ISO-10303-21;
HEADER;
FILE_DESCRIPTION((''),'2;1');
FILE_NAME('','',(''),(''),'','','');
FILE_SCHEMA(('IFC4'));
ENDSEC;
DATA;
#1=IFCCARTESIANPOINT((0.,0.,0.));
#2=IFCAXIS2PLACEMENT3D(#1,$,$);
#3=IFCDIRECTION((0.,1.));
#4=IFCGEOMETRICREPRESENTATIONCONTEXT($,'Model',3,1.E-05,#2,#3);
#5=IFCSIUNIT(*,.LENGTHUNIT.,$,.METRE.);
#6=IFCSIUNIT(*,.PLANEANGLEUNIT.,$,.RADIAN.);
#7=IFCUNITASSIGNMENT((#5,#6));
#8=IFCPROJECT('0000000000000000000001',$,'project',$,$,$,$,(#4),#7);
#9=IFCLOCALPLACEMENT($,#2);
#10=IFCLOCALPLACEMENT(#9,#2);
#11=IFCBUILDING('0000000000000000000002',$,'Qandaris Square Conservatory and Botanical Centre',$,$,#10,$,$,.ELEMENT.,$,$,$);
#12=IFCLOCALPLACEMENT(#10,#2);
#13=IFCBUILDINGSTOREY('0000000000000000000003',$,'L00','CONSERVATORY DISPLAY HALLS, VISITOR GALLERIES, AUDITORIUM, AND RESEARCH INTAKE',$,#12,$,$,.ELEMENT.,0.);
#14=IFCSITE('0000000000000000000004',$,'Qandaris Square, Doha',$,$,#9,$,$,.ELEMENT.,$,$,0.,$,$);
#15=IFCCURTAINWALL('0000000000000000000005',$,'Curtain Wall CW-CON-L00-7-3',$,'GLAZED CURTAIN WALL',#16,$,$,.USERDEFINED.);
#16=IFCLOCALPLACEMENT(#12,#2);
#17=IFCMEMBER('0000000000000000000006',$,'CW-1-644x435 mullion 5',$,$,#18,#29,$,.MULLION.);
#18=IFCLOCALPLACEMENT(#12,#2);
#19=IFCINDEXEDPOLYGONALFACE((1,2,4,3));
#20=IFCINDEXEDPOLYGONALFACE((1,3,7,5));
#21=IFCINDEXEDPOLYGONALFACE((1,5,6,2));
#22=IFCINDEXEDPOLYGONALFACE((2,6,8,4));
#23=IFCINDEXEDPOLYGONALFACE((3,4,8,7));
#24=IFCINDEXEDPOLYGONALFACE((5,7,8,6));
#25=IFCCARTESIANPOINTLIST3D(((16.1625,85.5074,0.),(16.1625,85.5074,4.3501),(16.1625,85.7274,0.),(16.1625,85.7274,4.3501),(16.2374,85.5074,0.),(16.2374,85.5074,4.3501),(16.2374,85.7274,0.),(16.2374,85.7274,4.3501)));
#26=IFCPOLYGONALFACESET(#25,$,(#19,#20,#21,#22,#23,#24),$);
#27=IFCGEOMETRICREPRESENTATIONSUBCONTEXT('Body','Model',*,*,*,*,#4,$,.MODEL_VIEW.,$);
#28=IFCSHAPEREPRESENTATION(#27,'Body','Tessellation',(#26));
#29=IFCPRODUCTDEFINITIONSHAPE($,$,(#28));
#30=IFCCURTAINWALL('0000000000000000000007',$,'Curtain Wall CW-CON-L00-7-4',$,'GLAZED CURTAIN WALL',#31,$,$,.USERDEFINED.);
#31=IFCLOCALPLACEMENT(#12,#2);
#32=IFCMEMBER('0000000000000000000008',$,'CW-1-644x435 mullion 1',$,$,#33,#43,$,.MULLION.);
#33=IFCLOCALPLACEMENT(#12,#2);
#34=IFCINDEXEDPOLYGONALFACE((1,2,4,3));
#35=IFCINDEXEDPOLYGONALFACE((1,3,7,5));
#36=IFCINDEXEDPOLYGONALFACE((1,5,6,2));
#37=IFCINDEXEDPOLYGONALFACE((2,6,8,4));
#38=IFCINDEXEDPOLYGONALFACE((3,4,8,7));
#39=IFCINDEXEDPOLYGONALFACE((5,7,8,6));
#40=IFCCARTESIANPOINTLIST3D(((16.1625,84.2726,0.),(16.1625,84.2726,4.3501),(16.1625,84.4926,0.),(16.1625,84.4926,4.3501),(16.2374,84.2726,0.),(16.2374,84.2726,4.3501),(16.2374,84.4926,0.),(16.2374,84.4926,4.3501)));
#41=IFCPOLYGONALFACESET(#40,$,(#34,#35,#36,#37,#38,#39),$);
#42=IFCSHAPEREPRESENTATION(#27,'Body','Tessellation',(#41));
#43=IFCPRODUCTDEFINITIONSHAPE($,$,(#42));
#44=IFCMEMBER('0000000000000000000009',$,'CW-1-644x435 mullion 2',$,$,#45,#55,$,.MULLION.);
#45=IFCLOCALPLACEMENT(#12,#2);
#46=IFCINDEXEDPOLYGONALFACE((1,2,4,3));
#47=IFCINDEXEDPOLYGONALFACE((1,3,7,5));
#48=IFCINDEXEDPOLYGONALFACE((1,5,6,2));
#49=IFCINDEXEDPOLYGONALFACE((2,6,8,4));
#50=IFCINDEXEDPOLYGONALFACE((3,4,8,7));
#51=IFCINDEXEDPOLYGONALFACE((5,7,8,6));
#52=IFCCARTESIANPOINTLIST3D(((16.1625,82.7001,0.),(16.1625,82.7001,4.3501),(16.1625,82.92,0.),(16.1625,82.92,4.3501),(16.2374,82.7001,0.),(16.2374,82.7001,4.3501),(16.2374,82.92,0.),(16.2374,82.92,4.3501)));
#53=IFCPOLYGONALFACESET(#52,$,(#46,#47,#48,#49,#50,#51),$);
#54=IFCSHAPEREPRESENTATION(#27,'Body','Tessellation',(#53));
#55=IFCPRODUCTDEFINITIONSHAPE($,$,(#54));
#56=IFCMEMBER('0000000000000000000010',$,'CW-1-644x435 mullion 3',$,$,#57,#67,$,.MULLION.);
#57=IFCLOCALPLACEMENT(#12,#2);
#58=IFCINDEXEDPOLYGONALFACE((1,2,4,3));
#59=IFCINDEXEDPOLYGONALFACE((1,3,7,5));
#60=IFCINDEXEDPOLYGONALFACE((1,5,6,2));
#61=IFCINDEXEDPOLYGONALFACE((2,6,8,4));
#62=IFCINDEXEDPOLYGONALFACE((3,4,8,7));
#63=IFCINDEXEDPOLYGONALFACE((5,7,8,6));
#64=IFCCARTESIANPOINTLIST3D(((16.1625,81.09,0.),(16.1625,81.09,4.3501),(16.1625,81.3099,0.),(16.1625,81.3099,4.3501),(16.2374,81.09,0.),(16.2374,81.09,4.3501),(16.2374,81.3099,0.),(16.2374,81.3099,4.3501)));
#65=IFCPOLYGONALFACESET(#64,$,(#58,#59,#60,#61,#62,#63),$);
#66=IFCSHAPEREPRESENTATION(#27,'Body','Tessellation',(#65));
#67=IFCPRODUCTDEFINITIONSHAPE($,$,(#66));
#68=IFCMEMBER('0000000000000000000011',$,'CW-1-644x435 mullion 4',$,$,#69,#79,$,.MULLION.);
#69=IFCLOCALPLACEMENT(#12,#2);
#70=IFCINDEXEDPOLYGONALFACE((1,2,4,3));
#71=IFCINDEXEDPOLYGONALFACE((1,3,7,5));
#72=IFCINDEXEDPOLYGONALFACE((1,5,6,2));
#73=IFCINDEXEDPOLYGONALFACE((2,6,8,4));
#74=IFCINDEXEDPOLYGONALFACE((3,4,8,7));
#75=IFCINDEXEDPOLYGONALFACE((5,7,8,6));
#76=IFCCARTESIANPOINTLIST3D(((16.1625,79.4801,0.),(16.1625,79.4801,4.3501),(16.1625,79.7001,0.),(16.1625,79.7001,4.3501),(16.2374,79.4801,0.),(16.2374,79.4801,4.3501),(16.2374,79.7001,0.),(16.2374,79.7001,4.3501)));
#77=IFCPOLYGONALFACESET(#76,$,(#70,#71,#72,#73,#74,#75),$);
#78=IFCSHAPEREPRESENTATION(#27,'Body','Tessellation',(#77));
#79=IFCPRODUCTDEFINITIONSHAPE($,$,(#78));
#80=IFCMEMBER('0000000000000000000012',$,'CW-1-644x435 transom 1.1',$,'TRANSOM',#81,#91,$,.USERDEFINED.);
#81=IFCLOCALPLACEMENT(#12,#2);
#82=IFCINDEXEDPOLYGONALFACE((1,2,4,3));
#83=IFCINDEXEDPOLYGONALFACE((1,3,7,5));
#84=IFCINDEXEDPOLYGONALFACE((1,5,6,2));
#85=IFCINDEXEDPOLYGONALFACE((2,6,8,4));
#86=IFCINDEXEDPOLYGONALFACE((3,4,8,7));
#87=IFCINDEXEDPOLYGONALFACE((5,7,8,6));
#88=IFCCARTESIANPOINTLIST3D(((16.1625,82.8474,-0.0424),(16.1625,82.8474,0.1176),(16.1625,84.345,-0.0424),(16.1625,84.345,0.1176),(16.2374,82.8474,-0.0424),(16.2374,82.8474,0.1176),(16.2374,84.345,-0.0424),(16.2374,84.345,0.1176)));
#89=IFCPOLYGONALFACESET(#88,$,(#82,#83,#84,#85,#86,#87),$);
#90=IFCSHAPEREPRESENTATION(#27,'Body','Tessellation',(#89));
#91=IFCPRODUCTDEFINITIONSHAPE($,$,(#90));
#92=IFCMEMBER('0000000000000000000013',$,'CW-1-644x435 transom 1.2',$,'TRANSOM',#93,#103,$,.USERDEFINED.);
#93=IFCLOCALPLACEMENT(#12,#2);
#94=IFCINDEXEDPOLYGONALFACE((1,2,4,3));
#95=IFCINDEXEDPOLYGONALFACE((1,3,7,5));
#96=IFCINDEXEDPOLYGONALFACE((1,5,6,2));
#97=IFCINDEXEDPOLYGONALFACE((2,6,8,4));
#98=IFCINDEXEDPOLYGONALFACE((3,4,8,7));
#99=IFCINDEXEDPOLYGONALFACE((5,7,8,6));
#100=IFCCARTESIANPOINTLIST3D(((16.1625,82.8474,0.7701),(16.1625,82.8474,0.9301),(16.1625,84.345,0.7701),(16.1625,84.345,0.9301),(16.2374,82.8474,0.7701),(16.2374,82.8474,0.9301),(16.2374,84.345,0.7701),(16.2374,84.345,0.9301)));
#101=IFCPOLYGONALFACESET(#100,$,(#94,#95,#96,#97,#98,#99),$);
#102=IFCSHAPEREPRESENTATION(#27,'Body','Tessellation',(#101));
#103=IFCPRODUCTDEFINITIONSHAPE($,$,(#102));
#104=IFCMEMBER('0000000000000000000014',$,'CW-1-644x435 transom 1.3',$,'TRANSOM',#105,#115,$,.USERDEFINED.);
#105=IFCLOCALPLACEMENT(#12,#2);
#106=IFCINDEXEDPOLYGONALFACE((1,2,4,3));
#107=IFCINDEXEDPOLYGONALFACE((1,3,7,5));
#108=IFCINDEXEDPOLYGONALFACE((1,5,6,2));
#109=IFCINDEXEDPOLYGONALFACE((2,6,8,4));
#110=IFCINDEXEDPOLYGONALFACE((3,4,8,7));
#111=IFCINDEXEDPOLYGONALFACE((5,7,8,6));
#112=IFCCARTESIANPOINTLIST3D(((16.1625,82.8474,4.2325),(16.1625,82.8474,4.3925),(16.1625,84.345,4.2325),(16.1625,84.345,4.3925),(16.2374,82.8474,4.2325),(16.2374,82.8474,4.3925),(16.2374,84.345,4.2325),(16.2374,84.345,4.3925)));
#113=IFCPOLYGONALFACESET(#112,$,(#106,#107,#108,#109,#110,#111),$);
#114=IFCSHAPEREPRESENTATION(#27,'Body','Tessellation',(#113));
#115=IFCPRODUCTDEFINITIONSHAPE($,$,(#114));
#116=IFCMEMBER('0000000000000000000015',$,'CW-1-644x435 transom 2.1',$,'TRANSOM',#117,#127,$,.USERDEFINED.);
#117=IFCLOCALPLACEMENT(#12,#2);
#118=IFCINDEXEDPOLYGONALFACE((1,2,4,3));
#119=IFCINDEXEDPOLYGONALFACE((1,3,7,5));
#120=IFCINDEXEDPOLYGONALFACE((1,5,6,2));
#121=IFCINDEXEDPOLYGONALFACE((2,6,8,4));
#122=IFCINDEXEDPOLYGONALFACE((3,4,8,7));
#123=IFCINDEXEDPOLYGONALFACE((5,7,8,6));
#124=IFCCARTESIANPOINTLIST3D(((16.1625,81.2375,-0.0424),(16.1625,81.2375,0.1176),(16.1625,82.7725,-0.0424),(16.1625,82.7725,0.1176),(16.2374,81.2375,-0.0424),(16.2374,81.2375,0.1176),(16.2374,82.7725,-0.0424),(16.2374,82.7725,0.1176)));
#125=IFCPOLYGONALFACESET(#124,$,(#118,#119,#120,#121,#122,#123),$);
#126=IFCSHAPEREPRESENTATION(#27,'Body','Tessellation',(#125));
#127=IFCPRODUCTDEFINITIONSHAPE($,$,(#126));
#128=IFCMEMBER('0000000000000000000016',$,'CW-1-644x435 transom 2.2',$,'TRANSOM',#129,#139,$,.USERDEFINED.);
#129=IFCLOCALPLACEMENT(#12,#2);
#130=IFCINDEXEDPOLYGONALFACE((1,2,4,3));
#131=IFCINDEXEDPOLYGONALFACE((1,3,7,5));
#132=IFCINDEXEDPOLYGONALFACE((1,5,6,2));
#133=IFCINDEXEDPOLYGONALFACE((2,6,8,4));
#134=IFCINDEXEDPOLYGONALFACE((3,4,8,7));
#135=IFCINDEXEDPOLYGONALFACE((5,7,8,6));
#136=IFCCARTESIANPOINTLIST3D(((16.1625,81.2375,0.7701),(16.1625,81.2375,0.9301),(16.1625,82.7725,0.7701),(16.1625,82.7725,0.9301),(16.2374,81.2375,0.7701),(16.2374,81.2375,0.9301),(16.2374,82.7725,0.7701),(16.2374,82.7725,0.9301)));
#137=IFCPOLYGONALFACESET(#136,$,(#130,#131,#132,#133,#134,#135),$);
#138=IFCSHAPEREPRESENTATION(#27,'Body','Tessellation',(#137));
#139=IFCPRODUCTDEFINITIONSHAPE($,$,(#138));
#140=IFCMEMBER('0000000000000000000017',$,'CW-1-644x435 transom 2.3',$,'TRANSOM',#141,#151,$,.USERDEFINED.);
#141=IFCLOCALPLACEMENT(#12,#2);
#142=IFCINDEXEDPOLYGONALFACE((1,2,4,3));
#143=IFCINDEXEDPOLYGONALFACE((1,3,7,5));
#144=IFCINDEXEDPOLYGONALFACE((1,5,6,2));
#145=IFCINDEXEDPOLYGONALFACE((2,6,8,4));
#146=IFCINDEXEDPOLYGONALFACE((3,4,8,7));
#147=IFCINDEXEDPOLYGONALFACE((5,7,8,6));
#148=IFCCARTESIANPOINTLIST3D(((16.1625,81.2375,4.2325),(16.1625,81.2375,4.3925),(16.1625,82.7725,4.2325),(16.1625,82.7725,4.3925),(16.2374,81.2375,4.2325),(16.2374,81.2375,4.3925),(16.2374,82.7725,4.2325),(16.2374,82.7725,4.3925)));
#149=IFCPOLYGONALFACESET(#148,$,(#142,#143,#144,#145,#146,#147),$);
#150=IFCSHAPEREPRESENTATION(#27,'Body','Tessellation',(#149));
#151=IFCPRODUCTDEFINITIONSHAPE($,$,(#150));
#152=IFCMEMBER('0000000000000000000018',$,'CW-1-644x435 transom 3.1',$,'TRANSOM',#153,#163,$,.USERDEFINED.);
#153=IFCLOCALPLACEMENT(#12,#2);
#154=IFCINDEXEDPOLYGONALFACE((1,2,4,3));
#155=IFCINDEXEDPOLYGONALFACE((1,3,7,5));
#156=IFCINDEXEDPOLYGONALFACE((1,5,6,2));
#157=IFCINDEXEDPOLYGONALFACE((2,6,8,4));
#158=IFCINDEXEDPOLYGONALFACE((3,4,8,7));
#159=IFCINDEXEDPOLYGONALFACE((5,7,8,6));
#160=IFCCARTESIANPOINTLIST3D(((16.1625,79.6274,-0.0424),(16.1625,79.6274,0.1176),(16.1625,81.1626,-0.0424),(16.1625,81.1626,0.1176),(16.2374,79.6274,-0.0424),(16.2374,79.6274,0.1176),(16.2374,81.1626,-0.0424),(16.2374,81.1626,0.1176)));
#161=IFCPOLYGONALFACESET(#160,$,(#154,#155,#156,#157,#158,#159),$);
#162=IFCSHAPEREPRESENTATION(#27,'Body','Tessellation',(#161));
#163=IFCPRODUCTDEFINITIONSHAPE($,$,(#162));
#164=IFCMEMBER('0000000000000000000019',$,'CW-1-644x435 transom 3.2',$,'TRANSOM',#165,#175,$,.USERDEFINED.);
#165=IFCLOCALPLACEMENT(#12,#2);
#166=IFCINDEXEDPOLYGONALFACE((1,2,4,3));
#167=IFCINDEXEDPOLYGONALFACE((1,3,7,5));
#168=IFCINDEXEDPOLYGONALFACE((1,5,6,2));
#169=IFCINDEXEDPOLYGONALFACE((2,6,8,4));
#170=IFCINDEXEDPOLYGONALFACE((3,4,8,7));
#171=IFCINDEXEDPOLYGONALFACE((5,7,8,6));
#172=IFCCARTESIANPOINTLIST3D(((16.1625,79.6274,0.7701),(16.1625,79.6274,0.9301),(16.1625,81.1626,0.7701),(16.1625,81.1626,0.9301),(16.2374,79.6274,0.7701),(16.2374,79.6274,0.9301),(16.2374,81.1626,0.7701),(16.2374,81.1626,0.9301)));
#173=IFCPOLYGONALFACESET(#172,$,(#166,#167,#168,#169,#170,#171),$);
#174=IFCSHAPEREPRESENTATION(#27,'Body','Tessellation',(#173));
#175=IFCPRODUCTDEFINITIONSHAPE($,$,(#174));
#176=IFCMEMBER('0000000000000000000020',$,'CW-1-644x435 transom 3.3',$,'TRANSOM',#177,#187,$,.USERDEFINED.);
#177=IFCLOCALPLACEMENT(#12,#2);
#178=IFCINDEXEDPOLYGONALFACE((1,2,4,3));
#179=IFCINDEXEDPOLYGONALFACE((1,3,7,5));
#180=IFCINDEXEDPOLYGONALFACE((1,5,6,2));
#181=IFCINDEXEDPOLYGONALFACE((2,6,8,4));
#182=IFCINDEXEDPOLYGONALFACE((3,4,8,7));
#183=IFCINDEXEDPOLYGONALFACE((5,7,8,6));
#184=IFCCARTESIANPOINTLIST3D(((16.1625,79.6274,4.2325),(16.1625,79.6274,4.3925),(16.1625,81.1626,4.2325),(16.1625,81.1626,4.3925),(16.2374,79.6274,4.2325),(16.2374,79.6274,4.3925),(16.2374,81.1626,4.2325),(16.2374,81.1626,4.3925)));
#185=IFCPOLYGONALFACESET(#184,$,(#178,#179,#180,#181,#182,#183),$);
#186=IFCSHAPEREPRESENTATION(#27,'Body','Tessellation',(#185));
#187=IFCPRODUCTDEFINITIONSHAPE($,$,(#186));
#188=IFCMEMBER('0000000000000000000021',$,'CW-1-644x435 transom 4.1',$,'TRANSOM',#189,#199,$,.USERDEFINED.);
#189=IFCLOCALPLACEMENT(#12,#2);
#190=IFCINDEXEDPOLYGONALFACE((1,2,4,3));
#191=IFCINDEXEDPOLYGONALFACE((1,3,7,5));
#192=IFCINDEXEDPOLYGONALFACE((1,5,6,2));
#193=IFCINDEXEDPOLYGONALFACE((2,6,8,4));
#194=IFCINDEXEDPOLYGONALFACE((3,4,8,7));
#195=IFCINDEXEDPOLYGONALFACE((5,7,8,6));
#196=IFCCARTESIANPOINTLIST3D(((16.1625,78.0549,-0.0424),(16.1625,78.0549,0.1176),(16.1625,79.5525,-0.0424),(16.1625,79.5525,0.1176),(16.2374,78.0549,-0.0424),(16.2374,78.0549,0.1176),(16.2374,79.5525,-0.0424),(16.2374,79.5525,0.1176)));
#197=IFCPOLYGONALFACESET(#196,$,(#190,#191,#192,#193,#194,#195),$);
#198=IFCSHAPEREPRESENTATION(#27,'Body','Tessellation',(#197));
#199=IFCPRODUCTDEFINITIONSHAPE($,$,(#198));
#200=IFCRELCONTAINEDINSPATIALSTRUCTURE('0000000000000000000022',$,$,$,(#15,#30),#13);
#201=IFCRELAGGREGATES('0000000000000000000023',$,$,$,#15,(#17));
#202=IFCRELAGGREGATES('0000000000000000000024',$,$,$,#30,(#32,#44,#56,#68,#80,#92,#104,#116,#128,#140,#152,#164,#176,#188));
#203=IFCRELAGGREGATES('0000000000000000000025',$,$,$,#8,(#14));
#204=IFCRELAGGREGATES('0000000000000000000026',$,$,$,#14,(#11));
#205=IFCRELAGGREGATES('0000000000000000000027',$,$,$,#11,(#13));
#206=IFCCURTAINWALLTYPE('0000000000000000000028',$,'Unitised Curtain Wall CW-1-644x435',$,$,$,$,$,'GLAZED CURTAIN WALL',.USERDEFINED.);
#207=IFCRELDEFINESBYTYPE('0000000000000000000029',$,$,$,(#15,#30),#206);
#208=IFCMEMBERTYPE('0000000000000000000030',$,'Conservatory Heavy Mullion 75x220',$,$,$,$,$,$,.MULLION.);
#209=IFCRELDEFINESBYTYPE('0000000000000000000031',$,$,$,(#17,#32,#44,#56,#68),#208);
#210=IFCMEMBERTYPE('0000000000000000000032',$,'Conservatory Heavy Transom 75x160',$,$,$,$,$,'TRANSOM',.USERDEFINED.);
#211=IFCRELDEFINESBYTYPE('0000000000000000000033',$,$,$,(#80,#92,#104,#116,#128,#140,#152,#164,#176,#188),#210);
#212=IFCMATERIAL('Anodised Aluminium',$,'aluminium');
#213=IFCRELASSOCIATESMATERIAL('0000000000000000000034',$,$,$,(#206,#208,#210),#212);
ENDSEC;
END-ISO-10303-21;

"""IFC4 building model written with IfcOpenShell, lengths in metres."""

from ifc_helpers import new_model, si_unit, direction, frame, origin, origin_2d, place, context, subcontext, project, spatial, rectangle, extrude, material, material_profile, profile_set, type_object, element, aggregate, save


model = new_model("IFC4")

# Units and contexts
model_context = context("Model", 3, precision=1e-05, world=origin(), true_north=direction((0.0, 1.0)))
body_context = subcontext(model_context, "Body", "Model", "MODEL_VIEW")
ifc_project = project(units=[si_unit("LENGTHUNIT", "METRE"), si_unit("PLANEANGLEUNIT", "RADIAN")], contexts=[model_context])

# Site, building, storey
site_placement = place(None, origin())
site = spatial("IfcSite", under=ifc_project, at=site_placement, Name="Qandaris Square, Doha", CompositionType="ELEMENT", RefElevation=0.0)
building_placement = place(site_placement, origin())
building = spatial("IfcBuilding", under=site, at=building_placement, Name="Qandaris Square Conservatory and Botanical Centre", CompositionType="ELEMENT")
storey_placement = place(building_placement, origin())
storey = spatial("IfcBuildingStorey", under=building, at=storey_placement, Name="L00", Description="CONSERVATORY DISPLAY HALLS, VISITOR GALLERIES, AUDITORIUM, AND RESEARCH INTAKE", CompositionType="ELEMENT", Elevation=0.0)

# Curtain wall, member
ifc_material_1 = material(Name="Anodised Aluminium", Category="aluminium")
curtain_wall_type = type_object("IfcCurtainWallType", Name="Unitised Curtain Wall CW-1-644x435", ElementType="GLAZED CURTAIN WALL", PredefinedType="USERDEFINED", material=ifc_material_1)
curtain_wall_1_placement = place(storey_placement, origin())
curtain_wall_1 = element("IfcCurtainWall", 1, at=curtain_wall_1_placement, inside=storey, type_object=curtain_wall_type, Name="Curtain Wall CW-CON-L00-7-3", ObjectType="GLAZED CURTAIN WALL", PredefinedType="USERDEFINED")
ifc_material_profile_1 = material_profile(ifc_material_1, rectangle(XDim=0.075, YDim=0.22, at=origin_2d()), Name="ALU-MUL 75x220")
ifc_profile_set_1 = profile_set([ifc_material_profile_1], Name="Anodised Aluminium")
member_type_1 = type_object("IfcMemberType", Name="Conservatory Heavy Mullion 75x220", PredefinedType="MULLION", material=ifc_profile_set_1)
member_1_placement = place(storey_placement, frame((16.2, 85.6174, 0.0), z_axis=(0.0, 0.0, 1.0), x_axis=(1.0, 0.0, 0.0)))
member_1 = element("IfcMember", 2, at=member_1_placement, type_object=member_type_1, Name="CW-1-644x435 mullion 5", PredefinedType="MULLION", context=body_context, shape_type="SweptSolid", body=[
    extrude(rectangle(XDim=0.075, YDim=0.22, at=origin_2d()), origin(), (0.0, 0.0, 1.0), 4.3501),
])
aggregate(curtain_wall_1, [member_1])

# Curtain wall, members
curtain_wall_2_placement = place(storey_placement, origin())
curtain_wall_2 = element("IfcCurtainWall", 3, at=curtain_wall_2_placement, inside=storey, type_object=curtain_wall_type, Name="Curtain Wall CW-CON-L00-7-4", ObjectType="GLAZED CURTAIN WALL", PredefinedType="USERDEFINED")
member_2_placement = place(storey_placement, frame((16.2, 84.3826, 0.0), z_axis=(0.0, 0.0, 1.0), x_axis=(1.0, 0.0, 0.0)))
member_2 = element("IfcMember", 4, at=member_2_placement, type_object=member_type_1, Name="CW-1-644x435 mullion 1", PredefinedType="MULLION", context=body_context, shape_type="SweptSolid", body=[
    extrude(rectangle(XDim=0.075, YDim=0.22, at=origin_2d()), origin(), (0.0, 0.0, 1.0), 4.3501),
])
member_3_placement = place(storey_placement, frame((16.2, 82.8101, 0.0), z_axis=(0.0, 0.0, 1.0), x_axis=(1.0, 0.0, 0.0)))
member_3 = element("IfcMember", 5, at=member_3_placement, type_object=member_type_1, Name="CW-1-644x435 mullion 2", PredefinedType="MULLION", context=body_context, shape_type="SweptSolid", body=[
    extrude(rectangle(XDim=0.075, YDim=0.22, at=origin_2d()), origin(), (0.0, 0.0, 1.0), 4.3501),
])
member_4_placement = place(storey_placement, frame((16.2, 81.2, 0.0), z_axis=(0.0, 0.0, 1.0), x_axis=(1.0, 0.0, 0.0)))
member_4 = element("IfcMember", 6, at=member_4_placement, type_object=member_type_1, Name="CW-1-644x435 mullion 3", PredefinedType="MULLION", context=body_context, shape_type="SweptSolid", body=[
    extrude(rectangle(XDim=0.075, YDim=0.22, at=origin_2d()), origin(), (0.0, 0.0, 1.0), 4.3501),
])
member_5_placement = place(storey_placement, frame((16.2, 79.5901, 0.0), z_axis=(0.0, 0.0, 1.0), x_axis=(1.0, 0.0, 0.0)))
member_5 = element("IfcMember", 7, at=member_5_placement, type_object=member_type_1, Name="CW-1-644x435 mullion 4", PredefinedType="MULLION", context=body_context, shape_type="SweptSolid", body=[
    extrude(rectangle(XDim=0.075, YDim=0.22, at=origin_2d()), origin(), (0.0, 0.0, 1.0), 4.3501),
])
ifc_material_profile_2 = material_profile(ifc_material_1, rectangle(XDim=0.075, YDim=0.1599, at=origin_2d()), Name="ALU-TRN 75x160")
ifc_profile_set_2 = profile_set([ifc_material_profile_2], Name="Anodised Aluminium")
member_type_2 = type_object("IfcMemberType", Name="Conservatory Heavy Transom 75x160", ElementType="TRANSOM", PredefinedType="USERDEFINED", material=ifc_profile_set_2)
member_6_placement = place(storey_placement, frame((16.2, 84.345, 0.0376), z_axis=(0.0, -1.0, 0.0), x_axis=(1.0, 0.0, 0.0)))
member_6 = element("IfcMember", 8, at=member_6_placement, type_object=member_type_2, Name="CW-1-644x435 transom 1.1", ObjectType="TRANSOM", PredefinedType="USERDEFINED", context=body_context, shape_type="SweptSolid", body=[
    extrude(rectangle(XDim=0.075, YDim=0.1599, at=origin_2d()), origin(), (0.0, 0.0, 1.0), 1.4976),
])
member_7_placement = place(storey_placement, frame((16.2, 84.345, 0.8501), z_axis=(0.0, -1.0, 0.0), x_axis=(1.0, 0.0, 0.0)))
member_7 = element("IfcMember", 9, at=member_7_placement, type_object=member_type_2, Name="CW-1-644x435 transom 1.2", ObjectType="TRANSOM", PredefinedType="USERDEFINED", context=body_context, shape_type="SweptSolid", body=[
    extrude(rectangle(XDim=0.075, YDim=0.1599, at=origin_2d()), origin(), (0.0, 0.0, 1.0), 1.4976),
])
member_8_placement = place(storey_placement, frame((16.2, 84.345, 4.3125), z_axis=(0.0, -1.0, 0.0), x_axis=(1.0, 0.0, 0.0)))
member_8 = element("IfcMember", 10, at=member_8_placement, type_object=member_type_2, Name="CW-1-644x435 transom 1.3", ObjectType="TRANSOM", PredefinedType="USERDEFINED", context=body_context, shape_type="SweptSolid", body=[
    extrude(rectangle(XDim=0.075, YDim=0.1599, at=origin_2d()), origin(), (0.0, 0.0, 1.0), 1.4976),
])
member_9_placement = place(storey_placement, frame((16.2, 82.7725, 0.0376), z_axis=(0.0, -1.0, 0.0), x_axis=(1.0, 0.0, 0.0)))
member_9 = element("IfcMember", 11, at=member_9_placement, type_object=member_type_2, Name="CW-1-644x435 transom 2.1", ObjectType="TRANSOM", PredefinedType="USERDEFINED", context=body_context, shape_type="SweptSolid", body=[
    extrude(rectangle(XDim=0.075, YDim=0.1599, at=origin_2d()), origin(), (0.0, 0.0, 1.0), 1.5349),
])
member_10_placement = place(storey_placement, frame((16.2, 82.7725, 0.8501), z_axis=(0.0, -1.0, 0.0), x_axis=(1.0, 0.0, 0.0)))
member_10 = element("IfcMember", 12, at=member_10_placement, type_object=member_type_2, Name="CW-1-644x435 transom 2.2", ObjectType="TRANSOM", PredefinedType="USERDEFINED", context=body_context, shape_type="SweptSolid", body=[
    extrude(rectangle(XDim=0.075, YDim=0.1599, at=origin_2d()), origin(), (0.0, 0.0, 1.0), 1.5349),
])
member_11_placement = place(storey_placement, frame((16.2, 82.7725, 4.3125), z_axis=(0.0, -1.0, 0.0), x_axis=(1.0, 0.0, 0.0)))
member_11 = element("IfcMember", 13, at=member_11_placement, type_object=member_type_2, Name="CW-1-644x435 transom 2.3", ObjectType="TRANSOM", PredefinedType="USERDEFINED", context=body_context, shape_type="SweptSolid", body=[
    extrude(rectangle(XDim=0.075, YDim=0.1599, at=origin_2d()), origin(), (0.0, 0.0, 1.0), 1.5349),
])
member_12_placement = place(storey_placement, frame((16.2, 81.1626, 0.0376), z_axis=(0.0, -1.0, 0.0), x_axis=(1.0, 0.0, 0.0)))
member_12 = element("IfcMember", 14, at=member_12_placement, type_object=member_type_2, Name="CW-1-644x435 transom 3.1", ObjectType="TRANSOM", PredefinedType="USERDEFINED", context=body_context, shape_type="SweptSolid", body=[
    extrude(rectangle(XDim=0.075, YDim=0.1599, at=origin_2d()), origin(), (0.0, 0.0, 1.0), 1.5352),
])
member_13_placement = place(storey_placement, frame((16.2, 81.1626, 0.8501), z_axis=(0.0, -1.0, 0.0), x_axis=(1.0, 0.0, 0.0)))
member_13 = element("IfcMember", 15, at=member_13_placement, type_object=member_type_2, Name="CW-1-644x435 transom 3.2", ObjectType="TRANSOM", PredefinedType="USERDEFINED", context=body_context, shape_type="SweptSolid", body=[
    extrude(rectangle(XDim=0.075, YDim=0.1599, at=origin_2d()), origin(), (0.0, 0.0, 1.0), 1.5352),
])
member_14_placement = place(storey_placement, frame((16.2, 81.1626, 4.3125), z_axis=(0.0, -1.0, 0.0), x_axis=(1.0, 0.0, 0.0)))
member_14 = element("IfcMember", 16, at=member_14_placement, type_object=member_type_2, Name="CW-1-644x435 transom 3.3", ObjectType="TRANSOM", PredefinedType="USERDEFINED", context=body_context, shape_type="SweptSolid", body=[
    extrude(rectangle(XDim=0.075, YDim=0.1599, at=origin_2d()), origin(), (0.0, 0.0, 1.0), 1.5352),
])
member_15_placement = place(storey_placement, frame((16.2, 79.5525, 0.0376), z_axis=(0.0, -1.0, 0.0), x_axis=(1.0, 0.0, 0.0)))
member_15 = element("IfcMember", 17, at=member_15_placement, type_object=member_type_2, Name="CW-1-644x435 transom 4.1", ObjectType="TRANSOM", PredefinedType="USERDEFINED", context=body_context, shape_type="SweptSolid", body=[
    extrude(rectangle(XDim=0.075, YDim=0.1599, at=origin_2d()), origin(), (0.0, 0.0, 1.0), 1.4976),
])

aggregate(curtain_wall_2, [member_2, member_3, member_4, member_5, member_6, member_7, member_8, member_9, member_10, member_11, member_12, member_13, member_14, member_15])

save(model, "model.ifc")
